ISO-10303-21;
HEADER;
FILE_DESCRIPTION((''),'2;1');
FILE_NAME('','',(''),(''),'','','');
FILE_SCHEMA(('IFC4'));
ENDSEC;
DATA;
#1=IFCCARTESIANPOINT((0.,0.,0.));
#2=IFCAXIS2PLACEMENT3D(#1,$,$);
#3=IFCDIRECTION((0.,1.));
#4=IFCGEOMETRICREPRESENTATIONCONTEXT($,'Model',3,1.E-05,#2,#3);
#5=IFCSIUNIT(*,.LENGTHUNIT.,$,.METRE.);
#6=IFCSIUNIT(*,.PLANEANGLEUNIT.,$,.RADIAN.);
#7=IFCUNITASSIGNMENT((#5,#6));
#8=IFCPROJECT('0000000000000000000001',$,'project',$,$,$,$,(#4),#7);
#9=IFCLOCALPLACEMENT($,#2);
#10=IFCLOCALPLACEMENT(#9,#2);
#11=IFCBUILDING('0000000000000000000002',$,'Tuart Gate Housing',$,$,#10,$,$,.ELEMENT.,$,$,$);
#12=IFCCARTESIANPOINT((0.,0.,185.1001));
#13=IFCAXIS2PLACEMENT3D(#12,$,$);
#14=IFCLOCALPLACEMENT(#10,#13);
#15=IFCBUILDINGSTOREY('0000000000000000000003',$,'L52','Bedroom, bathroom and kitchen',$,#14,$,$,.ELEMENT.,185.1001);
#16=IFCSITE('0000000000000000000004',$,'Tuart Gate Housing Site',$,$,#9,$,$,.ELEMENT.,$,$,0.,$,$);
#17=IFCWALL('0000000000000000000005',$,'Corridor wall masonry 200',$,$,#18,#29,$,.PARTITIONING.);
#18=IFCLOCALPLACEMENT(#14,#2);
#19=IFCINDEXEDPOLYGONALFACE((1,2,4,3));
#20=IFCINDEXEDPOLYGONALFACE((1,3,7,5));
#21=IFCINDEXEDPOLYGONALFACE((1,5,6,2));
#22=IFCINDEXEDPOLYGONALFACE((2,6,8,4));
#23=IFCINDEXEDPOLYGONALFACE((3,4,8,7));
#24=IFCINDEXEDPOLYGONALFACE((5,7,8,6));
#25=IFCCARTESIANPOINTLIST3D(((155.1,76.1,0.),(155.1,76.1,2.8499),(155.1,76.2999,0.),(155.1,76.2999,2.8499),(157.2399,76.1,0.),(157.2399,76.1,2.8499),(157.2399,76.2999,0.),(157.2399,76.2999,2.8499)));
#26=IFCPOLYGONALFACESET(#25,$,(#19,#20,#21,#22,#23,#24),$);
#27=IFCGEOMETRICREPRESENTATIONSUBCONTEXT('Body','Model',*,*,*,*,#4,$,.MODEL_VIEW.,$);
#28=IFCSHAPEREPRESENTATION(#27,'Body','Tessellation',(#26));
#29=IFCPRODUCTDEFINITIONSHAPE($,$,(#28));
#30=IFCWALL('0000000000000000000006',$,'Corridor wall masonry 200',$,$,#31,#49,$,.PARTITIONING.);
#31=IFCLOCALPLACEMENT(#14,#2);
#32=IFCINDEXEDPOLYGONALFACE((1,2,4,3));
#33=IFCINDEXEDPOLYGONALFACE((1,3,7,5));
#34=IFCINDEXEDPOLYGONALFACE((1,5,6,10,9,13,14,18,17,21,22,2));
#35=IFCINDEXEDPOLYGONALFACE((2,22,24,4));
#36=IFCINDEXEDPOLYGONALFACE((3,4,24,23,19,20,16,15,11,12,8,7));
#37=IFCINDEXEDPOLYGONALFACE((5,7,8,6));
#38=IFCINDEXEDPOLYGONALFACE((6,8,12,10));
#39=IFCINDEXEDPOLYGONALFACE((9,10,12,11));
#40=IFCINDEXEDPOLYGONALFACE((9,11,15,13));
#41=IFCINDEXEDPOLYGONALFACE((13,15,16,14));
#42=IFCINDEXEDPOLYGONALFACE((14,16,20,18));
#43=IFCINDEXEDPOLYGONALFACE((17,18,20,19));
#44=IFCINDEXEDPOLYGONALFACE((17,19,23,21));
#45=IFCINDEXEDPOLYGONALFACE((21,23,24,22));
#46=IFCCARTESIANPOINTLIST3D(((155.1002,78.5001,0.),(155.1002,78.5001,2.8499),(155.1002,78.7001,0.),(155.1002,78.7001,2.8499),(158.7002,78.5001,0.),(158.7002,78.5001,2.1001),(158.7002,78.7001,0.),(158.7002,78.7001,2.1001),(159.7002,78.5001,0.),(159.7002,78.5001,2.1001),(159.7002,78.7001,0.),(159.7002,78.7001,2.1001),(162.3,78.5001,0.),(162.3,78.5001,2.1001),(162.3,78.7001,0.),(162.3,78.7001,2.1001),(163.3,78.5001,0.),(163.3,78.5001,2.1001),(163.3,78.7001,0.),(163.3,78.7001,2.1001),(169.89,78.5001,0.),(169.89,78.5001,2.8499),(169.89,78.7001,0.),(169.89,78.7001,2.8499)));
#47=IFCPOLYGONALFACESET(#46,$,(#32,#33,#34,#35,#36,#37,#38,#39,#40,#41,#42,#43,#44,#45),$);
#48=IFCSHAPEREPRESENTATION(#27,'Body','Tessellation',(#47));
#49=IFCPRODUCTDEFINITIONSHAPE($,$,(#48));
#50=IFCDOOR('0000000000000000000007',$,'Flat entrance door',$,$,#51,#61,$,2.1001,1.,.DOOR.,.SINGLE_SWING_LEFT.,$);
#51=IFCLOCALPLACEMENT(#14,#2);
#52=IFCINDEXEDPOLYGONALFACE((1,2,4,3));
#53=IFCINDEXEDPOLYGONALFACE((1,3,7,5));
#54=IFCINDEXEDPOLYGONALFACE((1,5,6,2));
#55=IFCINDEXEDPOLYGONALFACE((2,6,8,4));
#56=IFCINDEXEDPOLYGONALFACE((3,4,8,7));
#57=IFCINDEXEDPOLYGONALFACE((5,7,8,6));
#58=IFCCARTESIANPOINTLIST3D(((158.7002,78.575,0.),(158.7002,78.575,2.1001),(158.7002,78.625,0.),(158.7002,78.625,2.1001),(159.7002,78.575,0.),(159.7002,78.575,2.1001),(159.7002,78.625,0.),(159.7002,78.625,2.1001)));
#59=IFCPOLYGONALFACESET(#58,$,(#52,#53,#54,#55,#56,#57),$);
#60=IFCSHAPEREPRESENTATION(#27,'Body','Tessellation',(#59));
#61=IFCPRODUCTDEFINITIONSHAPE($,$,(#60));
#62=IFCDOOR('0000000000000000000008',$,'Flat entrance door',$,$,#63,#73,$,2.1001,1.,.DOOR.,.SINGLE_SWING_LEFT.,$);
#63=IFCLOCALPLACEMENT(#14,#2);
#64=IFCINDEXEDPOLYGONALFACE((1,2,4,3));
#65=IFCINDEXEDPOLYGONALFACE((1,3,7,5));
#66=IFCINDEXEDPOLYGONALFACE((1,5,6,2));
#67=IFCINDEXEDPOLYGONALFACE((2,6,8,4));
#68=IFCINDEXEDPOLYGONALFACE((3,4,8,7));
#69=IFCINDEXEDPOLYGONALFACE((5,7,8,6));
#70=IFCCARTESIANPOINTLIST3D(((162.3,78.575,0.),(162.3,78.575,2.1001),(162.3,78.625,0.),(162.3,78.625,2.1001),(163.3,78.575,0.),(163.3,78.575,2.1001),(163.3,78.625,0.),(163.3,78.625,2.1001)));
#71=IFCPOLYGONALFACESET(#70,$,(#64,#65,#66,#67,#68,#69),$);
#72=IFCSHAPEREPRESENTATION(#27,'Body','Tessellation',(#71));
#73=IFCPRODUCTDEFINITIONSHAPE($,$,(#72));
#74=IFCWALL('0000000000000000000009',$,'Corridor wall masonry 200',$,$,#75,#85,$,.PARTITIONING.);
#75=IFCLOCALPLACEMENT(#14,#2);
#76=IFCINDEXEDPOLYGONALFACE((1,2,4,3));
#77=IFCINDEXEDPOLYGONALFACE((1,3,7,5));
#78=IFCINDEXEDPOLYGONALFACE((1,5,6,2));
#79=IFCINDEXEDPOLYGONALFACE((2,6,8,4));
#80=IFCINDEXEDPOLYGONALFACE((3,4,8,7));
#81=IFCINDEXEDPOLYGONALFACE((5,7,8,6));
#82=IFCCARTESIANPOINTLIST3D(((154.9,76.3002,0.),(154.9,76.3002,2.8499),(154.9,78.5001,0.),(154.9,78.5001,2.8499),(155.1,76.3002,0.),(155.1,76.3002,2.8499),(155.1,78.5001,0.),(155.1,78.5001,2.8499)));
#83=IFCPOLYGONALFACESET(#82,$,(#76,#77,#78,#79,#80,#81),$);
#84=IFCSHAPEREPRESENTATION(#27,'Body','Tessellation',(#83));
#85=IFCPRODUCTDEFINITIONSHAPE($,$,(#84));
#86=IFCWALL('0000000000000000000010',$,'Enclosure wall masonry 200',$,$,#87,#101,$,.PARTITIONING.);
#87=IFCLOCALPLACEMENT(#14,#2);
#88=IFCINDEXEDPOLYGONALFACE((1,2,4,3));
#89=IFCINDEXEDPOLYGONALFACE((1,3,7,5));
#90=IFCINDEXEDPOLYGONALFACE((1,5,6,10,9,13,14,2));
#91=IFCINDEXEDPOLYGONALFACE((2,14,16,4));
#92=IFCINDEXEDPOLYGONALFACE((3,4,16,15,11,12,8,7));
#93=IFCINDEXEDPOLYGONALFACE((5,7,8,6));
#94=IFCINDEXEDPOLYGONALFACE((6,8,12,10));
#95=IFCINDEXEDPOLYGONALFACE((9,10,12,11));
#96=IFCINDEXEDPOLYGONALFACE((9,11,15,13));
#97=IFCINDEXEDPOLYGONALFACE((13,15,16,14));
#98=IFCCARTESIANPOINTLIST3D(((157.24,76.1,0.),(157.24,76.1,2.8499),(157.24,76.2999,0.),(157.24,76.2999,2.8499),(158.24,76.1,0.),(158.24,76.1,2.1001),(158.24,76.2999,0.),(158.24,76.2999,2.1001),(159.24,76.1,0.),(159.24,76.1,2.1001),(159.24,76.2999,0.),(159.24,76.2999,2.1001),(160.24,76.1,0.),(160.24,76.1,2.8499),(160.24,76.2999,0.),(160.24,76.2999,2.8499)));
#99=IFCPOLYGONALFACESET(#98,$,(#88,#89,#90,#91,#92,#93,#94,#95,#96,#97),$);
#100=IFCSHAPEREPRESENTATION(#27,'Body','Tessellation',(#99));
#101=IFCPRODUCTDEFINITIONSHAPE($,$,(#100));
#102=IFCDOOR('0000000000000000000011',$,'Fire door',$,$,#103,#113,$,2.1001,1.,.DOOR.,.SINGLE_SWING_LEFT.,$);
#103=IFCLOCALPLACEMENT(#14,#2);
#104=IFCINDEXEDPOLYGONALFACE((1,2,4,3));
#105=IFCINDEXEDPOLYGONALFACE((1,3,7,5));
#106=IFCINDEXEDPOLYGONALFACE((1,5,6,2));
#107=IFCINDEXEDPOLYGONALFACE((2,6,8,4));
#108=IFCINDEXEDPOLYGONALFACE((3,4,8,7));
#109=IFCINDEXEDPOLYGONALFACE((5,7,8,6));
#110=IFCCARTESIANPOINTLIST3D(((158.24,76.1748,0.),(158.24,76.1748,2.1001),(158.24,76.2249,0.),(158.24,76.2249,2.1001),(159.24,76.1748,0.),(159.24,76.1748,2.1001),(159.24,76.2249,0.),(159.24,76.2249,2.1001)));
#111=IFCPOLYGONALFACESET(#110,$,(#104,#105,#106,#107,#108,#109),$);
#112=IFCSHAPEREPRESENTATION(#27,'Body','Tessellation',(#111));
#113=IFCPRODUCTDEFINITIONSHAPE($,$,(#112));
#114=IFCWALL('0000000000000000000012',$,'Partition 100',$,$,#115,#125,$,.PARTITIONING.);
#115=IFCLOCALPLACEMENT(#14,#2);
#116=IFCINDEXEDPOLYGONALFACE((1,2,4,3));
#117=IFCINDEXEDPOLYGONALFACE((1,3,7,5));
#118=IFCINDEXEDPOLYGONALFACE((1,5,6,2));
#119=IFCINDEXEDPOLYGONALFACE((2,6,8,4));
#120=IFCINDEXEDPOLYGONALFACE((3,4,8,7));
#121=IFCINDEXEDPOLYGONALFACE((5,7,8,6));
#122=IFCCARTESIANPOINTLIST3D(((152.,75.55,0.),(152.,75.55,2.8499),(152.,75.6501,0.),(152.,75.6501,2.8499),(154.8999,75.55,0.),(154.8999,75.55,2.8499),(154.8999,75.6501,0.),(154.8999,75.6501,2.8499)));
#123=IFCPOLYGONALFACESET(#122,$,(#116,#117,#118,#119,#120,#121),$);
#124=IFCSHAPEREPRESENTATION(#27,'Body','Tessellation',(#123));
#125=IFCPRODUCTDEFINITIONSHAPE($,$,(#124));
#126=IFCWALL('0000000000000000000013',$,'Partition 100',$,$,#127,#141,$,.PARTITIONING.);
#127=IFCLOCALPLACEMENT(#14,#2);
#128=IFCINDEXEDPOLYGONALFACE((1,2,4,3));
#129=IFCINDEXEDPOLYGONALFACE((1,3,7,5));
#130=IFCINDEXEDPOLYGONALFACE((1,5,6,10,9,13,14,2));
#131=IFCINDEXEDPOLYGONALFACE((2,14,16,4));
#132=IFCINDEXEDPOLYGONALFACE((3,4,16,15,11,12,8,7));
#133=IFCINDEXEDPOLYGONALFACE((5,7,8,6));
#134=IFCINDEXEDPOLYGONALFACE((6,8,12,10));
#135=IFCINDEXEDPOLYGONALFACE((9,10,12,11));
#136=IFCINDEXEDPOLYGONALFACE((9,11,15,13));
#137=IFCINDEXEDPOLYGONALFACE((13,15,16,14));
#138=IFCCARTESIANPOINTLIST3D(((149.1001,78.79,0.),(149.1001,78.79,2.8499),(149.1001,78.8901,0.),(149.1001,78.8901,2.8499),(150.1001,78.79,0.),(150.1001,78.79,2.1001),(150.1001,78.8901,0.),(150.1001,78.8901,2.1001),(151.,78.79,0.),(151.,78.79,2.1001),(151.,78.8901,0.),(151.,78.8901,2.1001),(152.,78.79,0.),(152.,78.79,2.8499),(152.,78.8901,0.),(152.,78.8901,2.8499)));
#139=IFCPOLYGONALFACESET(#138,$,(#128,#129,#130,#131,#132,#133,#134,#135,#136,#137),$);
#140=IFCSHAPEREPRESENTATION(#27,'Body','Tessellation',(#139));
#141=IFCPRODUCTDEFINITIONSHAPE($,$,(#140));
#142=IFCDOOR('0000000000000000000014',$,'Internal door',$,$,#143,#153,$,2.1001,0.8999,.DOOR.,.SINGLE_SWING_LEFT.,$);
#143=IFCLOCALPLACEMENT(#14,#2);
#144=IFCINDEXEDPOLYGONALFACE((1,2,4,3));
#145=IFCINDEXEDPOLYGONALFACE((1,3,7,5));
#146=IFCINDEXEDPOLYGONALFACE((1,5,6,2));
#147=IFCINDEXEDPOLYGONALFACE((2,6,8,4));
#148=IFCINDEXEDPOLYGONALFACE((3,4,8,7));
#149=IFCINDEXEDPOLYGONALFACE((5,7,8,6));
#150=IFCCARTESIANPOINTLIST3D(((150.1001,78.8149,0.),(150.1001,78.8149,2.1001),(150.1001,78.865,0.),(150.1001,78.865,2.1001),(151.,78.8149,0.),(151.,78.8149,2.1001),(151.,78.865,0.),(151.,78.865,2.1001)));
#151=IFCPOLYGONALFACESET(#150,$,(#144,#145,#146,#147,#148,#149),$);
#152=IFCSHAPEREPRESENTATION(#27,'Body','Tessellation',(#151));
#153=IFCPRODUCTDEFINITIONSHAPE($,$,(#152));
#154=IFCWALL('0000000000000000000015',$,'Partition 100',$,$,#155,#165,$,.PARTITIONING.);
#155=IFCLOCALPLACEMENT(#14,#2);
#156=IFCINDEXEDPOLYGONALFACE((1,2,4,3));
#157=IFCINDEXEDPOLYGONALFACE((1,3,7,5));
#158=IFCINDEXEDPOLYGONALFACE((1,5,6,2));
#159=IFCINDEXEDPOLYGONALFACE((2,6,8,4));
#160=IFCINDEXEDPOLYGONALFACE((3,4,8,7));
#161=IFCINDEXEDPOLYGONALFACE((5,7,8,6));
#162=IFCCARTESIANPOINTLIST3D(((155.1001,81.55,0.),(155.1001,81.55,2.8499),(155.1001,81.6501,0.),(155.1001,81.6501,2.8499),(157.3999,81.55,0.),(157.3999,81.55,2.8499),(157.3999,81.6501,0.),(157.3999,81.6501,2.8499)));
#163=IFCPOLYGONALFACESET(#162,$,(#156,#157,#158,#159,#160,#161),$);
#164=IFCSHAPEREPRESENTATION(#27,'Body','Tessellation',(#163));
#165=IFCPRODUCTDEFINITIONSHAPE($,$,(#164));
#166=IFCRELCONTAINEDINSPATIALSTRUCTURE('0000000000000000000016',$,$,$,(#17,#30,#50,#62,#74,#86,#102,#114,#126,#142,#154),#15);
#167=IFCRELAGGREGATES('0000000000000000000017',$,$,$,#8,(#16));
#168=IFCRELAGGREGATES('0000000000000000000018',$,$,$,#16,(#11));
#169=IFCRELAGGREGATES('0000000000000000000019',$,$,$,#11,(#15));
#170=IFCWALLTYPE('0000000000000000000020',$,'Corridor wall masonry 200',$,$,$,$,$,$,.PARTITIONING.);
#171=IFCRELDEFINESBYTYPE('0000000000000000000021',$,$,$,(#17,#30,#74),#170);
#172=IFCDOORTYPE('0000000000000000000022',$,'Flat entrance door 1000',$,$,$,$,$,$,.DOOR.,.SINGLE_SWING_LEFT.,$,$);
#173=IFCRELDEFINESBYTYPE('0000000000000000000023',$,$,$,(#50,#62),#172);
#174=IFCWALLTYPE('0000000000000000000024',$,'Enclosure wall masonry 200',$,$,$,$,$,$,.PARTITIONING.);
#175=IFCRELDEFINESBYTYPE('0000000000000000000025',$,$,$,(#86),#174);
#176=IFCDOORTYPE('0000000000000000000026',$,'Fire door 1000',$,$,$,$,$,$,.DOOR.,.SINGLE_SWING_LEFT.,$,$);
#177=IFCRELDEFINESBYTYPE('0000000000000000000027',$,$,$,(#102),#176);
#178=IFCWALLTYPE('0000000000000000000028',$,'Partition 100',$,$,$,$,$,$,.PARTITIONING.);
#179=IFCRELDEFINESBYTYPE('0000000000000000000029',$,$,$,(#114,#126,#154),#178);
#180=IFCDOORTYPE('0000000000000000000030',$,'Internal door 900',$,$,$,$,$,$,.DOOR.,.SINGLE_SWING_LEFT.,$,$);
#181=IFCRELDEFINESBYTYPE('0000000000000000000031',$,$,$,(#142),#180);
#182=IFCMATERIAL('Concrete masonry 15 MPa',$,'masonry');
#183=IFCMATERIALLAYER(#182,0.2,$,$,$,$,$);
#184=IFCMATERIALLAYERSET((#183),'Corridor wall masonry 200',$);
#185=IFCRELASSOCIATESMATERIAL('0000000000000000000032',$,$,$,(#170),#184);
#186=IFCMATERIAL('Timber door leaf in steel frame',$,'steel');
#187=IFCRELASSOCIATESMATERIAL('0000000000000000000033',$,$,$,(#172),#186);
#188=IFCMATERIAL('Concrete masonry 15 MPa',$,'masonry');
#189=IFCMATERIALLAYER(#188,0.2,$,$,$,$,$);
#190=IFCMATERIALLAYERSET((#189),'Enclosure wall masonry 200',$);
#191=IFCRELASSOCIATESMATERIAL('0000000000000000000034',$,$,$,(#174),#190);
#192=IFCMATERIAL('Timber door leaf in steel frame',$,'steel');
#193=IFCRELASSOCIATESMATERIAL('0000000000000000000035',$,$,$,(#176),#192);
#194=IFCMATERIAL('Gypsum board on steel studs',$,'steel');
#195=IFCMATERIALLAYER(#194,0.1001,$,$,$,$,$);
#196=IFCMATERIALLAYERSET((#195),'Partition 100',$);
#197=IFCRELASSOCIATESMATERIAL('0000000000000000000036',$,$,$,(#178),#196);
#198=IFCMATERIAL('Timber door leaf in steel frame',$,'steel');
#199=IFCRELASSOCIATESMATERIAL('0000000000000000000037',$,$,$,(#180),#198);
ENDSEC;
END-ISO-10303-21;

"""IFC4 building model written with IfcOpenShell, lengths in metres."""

from ifc_helpers import new_model, si_unit, direction, frame, frame_2d, origin, place, context, subcontext, project, spatial, rectangle, extrude, material, layer, layer_set, type_object, element, fill, save


model = new_model("IFC4")

# Units and contexts
model_context = context("Model", 3, precision=1e-05, world=origin(), true_north=direction((0.0, 1.0)))
body_context = subcontext(model_context, "Body", "Model", "MODEL_VIEW")
ifc_project = project(units=[si_unit("LENGTHUNIT", "METRE"), si_unit("PLANEANGLEUNIT", "RADIAN")], contexts=[model_context])

# Site, building, storey
site_placement = place(None, origin())
site = spatial("IfcSite", under=ifc_project, at=site_placement, Name="Tuart Gate Housing Site", CompositionType="ELEMENT", RefElevation=0.0)
building_placement = place(site_placement, origin())
building = spatial("IfcBuilding", under=site, at=building_placement, Name="Tuart Gate Housing", CompositionType="ELEMENT")
storey_placement = place(building_placement, frame((0.0, 0.0, 185.1001)))
storey = spatial("IfcBuildingStorey", under=building, at=storey_placement, Name="L52", Description="Bedroom, bathroom and kitchen", CompositionType="ELEMENT", Elevation=185.1001)

# Wall
ifc_material_1 = material(Name="Concrete masonry 15 MPa", Category="masonry")
ifc_layer_1 = layer(ifc_material_1, 0.2)
ifc_layer_set_1 = layer_set([ifc_layer_1], Name="Corridor wall masonry 200")
wall_type_1 = type_object("IfcWallType", Name="Corridor wall masonry 200", PredefinedType="PARTITIONING", material=ifc_layer_set_1)
wall_1_placement = place(storey_placement, frame((155.1001, 76.2, 0.0), z_axis=(0.0, 0.0, 1.0), x_axis=(1.0, 0.0, 0.0)))
element("IfcWall", 1, at=wall_1_placement, inside=storey, type_object=wall_type_1, Name="Corridor wall masonry 200", PredefinedType="PARTITIONING", context=body_context, shape_type="SweptSolid", body=[
    extrude(rectangle(XDim=2.1399, YDim=0.2, at=frame_2d((1.0698, 0.0))), origin(), (0.0, 0.0, 1.0), 2.8499),
])

# Wall, openings, doors
wall_2_placement = place(storey_placement, frame((155.1001, 78.6001, 0.0), z_axis=(0.0, 0.0, 1.0), x_axis=(1.0, 0.0, 0.0)))
wall_2 = element("IfcWall", 2, at=wall_2_placement, inside=storey, type_object=wall_type_1, Name="Corridor wall masonry 200", PredefinedType="PARTITIONING", context=body_context, shape_type="SweptSolid", body=[
    extrude(rectangle(XDim=14.7898, YDim=0.2, at=frame_2d((7.395, 0.0))), origin(), (0.0, 0.0, 1.0), 2.8499),
])
opening_1_placement = place(wall_2_placement, frame((3.6001, 0.0, 0.0)))
opening_1 = element("IfcOpeningElement", 3, at=opening_1_placement, cuts=wall_2, PredefinedType="OPENING", context=body_context, shape_type="SweptSolid", body=[
    extrude(rectangle(XDim=1.0, YDim=2.1001, at=frame_2d((0.5, 1.05))), frame((0.0, 0.1099, 0.0), z_axis=(0.0, -1.0, 0.0), x_axis=(1.0, 0.0, 0.0)), (0.0, 0.0, 1.0), 0.22),
])
opening_2_placement = place(wall_2_placement, frame((7.2, 0.0, 0.0)))
opening_2 = element("IfcOpeningElement", 4, at=opening_2_placement, cuts=wall_2, PredefinedType="OPENING", context=body_context, shape_type="SweptSolid", body=[
    extrude(rectangle(XDim=1.0, YDim=2.1001, at=frame_2d((0.5, 1.05))), frame((0.0, 0.1099, 0.0), z_axis=(0.0, -1.0, 0.0), x_axis=(1.0, 0.0, 0.0)), (0.0, 0.0, 1.0), 0.22),
])
ifc_material_2 = material(Name="Timber door leaf in steel frame", Category="steel")
door_type_1 = type_object("IfcDoorType", Name="Flat entrance door 1000", OperationType="SINGLE_SWING_LEFT", PredefinedType="DOOR", material=ifc_material_2)
door_1_placement = place(opening_1_placement, origin())
door_1 = element("IfcDoor", 5, at=door_1_placement, inside=storey, type_object=door_type_1, Name="Flat entrance door", OperationType="SINGLE_SWING_LEFT", OverallHeight=2.1001, OverallWidth=1.0, PredefinedType="DOOR", context=body_context, shape_type="SweptSolid", body=[
    extrude(rectangle(XDim=1.0, YDim=2.1001, at=frame_2d((0.5, 1.05))), frame((0.0, 0.0249, 0.0), z_axis=(0.0, -1.0, 0.0), x_axis=(1.0, 0.0, 0.0)), (0.0, 0.0, 1.0), 0.05),
])
fill(opening_1, door_1)
door_2_placement = place(opening_2_placement, origin())
door_2 = element("IfcDoor", 6, at=door_2_placement, inside=storey, type_object=door_type_1, Name="Flat entrance door", OperationType="SINGLE_SWING_LEFT", OverallHeight=2.1001, OverallWidth=1.0, PredefinedType="DOOR", context=body_context, shape_type="SweptSolid", body=[
    extrude(rectangle(XDim=1.0, YDim=2.1001, at=frame_2d((0.5, 1.05))), frame((0.0, 0.0249, 0.0), z_axis=(0.0, -1.0, 0.0), x_axis=(1.0, 0.0, 0.0)), (0.0, 0.0, 1.0), 0.05),
])
fill(opening_2, door_2)

# Wall
wall_3_placement = place(storey_placement, frame((155.0, 76.3, 0.0), z_axis=(0.0, 0.0, 1.0), x_axis=(0.0, 1.0, 0.0)))
element("IfcWall", 7, at=wall_3_placement, inside=storey, type_object=wall_type_1, Name="Corridor wall masonry 200", PredefinedType="PARTITIONING", context=body_context, shape_type="SweptSolid", body=[
    extrude(rectangle(XDim=2.2, YDim=0.2, at=frame_2d((1.1001, 0.0))), origin(), (0.0, 0.0, 1.0), 2.8499),
])

# Wall, opening, door
ifc_material_3 = material(Name="Concrete masonry 15 MPa", Category="masonry")
ifc_layer_2 = layer(ifc_material_3, 0.2)
ifc_layer_set_2 = layer_set([ifc_layer_2], Name="Enclosure wall masonry 200")
wall_type_2 = type_object("IfcWallType", Name="Enclosure wall masonry 200", PredefinedType="PARTITIONING", material=ifc_layer_set_2)
wall_4_placement = place(storey_placement, frame((157.24, 76.2, 0.0), z_axis=(0.0, 0.0, 1.0), x_axis=(1.0, 0.0, 0.0)))
wall_4 = element("IfcWall", 8, at=wall_4_placement, inside=storey, type_object=wall_type_2, Name="Enclosure wall masonry 200", PredefinedType="PARTITIONING", context=body_context, shape_type="SweptSolid", body=[
    extrude(rectangle(XDim=3.0, YDim=0.2, at=frame_2d((1.5, 0.0))), origin(), (0.0, 0.0, 1.0), 2.8499),
])
opening_3_placement = place(wall_4_placement, frame((1.0, 0.0, 0.0)))
opening_3 = element("IfcOpeningElement", 9, at=opening_3_placement, cuts=wall_4, PredefinedType="OPENING", context=body_context, shape_type="SweptSolid", body=[
    extrude(rectangle(XDim=1.0, YDim=2.1001, at=frame_2d((0.5, 1.05))), frame((0.0, 0.1099, 0.0), z_axis=(0.0, -1.0, 0.0), x_axis=(1.0, 0.0, 0.0)), (0.0, 0.0, 1.0), 0.22),
])
ifc_material_4 = material(Name="Timber door leaf in steel frame", Category="steel")
door_type_2 = type_object("IfcDoorType", Name="Fire door 1000", OperationType="SINGLE_SWING_LEFT", PredefinedType="DOOR", material=ifc_material_4)
door_3_placement = place(opening_3_placement, origin())
door_3 = element("IfcDoor", 10, at=door_3_placement, inside=storey, type_object=door_type_2, Name="Fire door", OperationType="SINGLE_SWING_LEFT", OverallHeight=2.1001, OverallWidth=1.0, PredefinedType="DOOR", context=body_context, shape_type="SweptSolid", body=[
    extrude(rectangle(XDim=1.0, YDim=2.1001, at=frame_2d((0.5, 1.05))), frame((0.0, 0.0249, 0.0), z_axis=(0.0, -1.0, 0.0), x_axis=(1.0, 0.0, 0.0)), (0.0, 0.0, 1.0), 0.05),
])
fill(opening_3, door_3)

# Wall
ifc_material_5 = material(Name="Gypsum board on steel studs", Category="steel")
ifc_layer_3 = layer(ifc_material_5, 0.1001)
ifc_layer_set_3 = layer_set([ifc_layer_3], Name="Partition 100")
wall_type_3 = type_object("IfcWallType", Name="Partition 100", PredefinedType="PARTITIONING", material=ifc_layer_set_3)
wall_5_placement = place(storey_placement, frame((152.0, 75.6001, 0.0), z_axis=(0.0, 0.0, 1.0), x_axis=(1.0, 0.0, 0.0)))
element("IfcWall", 11, at=wall_5_placement, inside=storey, type_object=wall_type_3, Name="Partition 100", PredefinedType="PARTITIONING", context=body_context, shape_type="SweptSolid", body=[
    extrude(rectangle(XDim=2.8999, YDim=0.1001, at=frame_2d((1.45, 0.0))), origin(), (0.0, 0.0, 1.0), 2.8499),
])

# Wall, opening, door
wall_6_placement = place(storey_placement, frame((149.1001, 78.8401, 0.0), z_axis=(0.0, 0.0, 1.0), x_axis=(1.0, 0.0, 0.0)))
wall_6 = element("IfcWall", 12, at=wall_6_placement, inside=storey, type_object=wall_type_3, Name="Partition 100", PredefinedType="PARTITIONING", context=body_context, shape_type="SweptSolid", body=[
    extrude(rectangle(XDim=2.8999, YDim=0.1001, at=frame_2d((1.45, 0.0))), origin(), (0.0, 0.0, 1.0), 2.8499),
])
opening_4_placement = place(wall_6_placement, frame((1.0, 0.0, 0.0)))
opening_4 = element("IfcOpeningElement", 13, at=opening_4_placement, cuts=wall_6, PredefinedType="OPENING", context=body_context, shape_type="SweptSolid", body=[
    extrude(rectangle(XDim=0.8999, YDim=2.1001, at=frame_2d((0.45, 1.05))), frame((0.0, 0.0601, 0.0), z_axis=(0.0, -1.0, 0.0), x_axis=(1.0, 0.0, 0.0)), (0.0, 0.0, 1.0), 0.1201),
])
ifc_material_6 = material(Name="Timber door leaf in steel frame", Category="steel")
door_type_3 = type_object("IfcDoorType", Name="Internal door 900", OperationType="SINGLE_SWING_LEFT", PredefinedType="DOOR", material=ifc_material_6)
door_4_placement = place(opening_4_placement, frame((0.8999, 0.0, 0.0), z_axis=(0.0, 0.0, 1.0), x_axis=(-1.0, 0.0, 0.0)))
door_4 = element("IfcDoor", 14, at=door_4_placement, inside=storey, type_object=door_type_3, Name="Internal door", OperationType="SINGLE_SWING_LEFT", OverallHeight=2.1001, OverallWidth=0.8999, PredefinedType="DOOR", context=body_context, shape_type="SweptSolid", body=[
    extrude(rectangle(XDim=0.8999, YDim=2.1001, at=frame_2d((0.45, 1.05))), frame((0.0, 0.0251, 0.0), z_axis=(0.0, -1.0, 0.0), x_axis=(1.0, 0.0, 0.0)), (0.0, 0.0, 1.0), 0.05),
])
fill(opening_4, door_4)

# Wall
wall_7_placement = place(storey_placement, frame((155.1001, 81.6001, 0.0), z_axis=(0.0, 0.0, 1.0), x_axis=(1.0, 0.0, 0.0)))
element("IfcWall", 15, at=wall_7_placement, inside=storey, type_object=wall_type_3, Name="Partition 100", PredefinedType="PARTITIONING", context=body_context, shape_type="SweptSolid", body=[
    extrude(rectangle(XDim=2.2998, YDim=0.1001, at=frame_2d((1.1499, 0.0))), origin(), (0.0, 0.0, 1.0), 2.8499),
])

save(model, "model.ifc")
